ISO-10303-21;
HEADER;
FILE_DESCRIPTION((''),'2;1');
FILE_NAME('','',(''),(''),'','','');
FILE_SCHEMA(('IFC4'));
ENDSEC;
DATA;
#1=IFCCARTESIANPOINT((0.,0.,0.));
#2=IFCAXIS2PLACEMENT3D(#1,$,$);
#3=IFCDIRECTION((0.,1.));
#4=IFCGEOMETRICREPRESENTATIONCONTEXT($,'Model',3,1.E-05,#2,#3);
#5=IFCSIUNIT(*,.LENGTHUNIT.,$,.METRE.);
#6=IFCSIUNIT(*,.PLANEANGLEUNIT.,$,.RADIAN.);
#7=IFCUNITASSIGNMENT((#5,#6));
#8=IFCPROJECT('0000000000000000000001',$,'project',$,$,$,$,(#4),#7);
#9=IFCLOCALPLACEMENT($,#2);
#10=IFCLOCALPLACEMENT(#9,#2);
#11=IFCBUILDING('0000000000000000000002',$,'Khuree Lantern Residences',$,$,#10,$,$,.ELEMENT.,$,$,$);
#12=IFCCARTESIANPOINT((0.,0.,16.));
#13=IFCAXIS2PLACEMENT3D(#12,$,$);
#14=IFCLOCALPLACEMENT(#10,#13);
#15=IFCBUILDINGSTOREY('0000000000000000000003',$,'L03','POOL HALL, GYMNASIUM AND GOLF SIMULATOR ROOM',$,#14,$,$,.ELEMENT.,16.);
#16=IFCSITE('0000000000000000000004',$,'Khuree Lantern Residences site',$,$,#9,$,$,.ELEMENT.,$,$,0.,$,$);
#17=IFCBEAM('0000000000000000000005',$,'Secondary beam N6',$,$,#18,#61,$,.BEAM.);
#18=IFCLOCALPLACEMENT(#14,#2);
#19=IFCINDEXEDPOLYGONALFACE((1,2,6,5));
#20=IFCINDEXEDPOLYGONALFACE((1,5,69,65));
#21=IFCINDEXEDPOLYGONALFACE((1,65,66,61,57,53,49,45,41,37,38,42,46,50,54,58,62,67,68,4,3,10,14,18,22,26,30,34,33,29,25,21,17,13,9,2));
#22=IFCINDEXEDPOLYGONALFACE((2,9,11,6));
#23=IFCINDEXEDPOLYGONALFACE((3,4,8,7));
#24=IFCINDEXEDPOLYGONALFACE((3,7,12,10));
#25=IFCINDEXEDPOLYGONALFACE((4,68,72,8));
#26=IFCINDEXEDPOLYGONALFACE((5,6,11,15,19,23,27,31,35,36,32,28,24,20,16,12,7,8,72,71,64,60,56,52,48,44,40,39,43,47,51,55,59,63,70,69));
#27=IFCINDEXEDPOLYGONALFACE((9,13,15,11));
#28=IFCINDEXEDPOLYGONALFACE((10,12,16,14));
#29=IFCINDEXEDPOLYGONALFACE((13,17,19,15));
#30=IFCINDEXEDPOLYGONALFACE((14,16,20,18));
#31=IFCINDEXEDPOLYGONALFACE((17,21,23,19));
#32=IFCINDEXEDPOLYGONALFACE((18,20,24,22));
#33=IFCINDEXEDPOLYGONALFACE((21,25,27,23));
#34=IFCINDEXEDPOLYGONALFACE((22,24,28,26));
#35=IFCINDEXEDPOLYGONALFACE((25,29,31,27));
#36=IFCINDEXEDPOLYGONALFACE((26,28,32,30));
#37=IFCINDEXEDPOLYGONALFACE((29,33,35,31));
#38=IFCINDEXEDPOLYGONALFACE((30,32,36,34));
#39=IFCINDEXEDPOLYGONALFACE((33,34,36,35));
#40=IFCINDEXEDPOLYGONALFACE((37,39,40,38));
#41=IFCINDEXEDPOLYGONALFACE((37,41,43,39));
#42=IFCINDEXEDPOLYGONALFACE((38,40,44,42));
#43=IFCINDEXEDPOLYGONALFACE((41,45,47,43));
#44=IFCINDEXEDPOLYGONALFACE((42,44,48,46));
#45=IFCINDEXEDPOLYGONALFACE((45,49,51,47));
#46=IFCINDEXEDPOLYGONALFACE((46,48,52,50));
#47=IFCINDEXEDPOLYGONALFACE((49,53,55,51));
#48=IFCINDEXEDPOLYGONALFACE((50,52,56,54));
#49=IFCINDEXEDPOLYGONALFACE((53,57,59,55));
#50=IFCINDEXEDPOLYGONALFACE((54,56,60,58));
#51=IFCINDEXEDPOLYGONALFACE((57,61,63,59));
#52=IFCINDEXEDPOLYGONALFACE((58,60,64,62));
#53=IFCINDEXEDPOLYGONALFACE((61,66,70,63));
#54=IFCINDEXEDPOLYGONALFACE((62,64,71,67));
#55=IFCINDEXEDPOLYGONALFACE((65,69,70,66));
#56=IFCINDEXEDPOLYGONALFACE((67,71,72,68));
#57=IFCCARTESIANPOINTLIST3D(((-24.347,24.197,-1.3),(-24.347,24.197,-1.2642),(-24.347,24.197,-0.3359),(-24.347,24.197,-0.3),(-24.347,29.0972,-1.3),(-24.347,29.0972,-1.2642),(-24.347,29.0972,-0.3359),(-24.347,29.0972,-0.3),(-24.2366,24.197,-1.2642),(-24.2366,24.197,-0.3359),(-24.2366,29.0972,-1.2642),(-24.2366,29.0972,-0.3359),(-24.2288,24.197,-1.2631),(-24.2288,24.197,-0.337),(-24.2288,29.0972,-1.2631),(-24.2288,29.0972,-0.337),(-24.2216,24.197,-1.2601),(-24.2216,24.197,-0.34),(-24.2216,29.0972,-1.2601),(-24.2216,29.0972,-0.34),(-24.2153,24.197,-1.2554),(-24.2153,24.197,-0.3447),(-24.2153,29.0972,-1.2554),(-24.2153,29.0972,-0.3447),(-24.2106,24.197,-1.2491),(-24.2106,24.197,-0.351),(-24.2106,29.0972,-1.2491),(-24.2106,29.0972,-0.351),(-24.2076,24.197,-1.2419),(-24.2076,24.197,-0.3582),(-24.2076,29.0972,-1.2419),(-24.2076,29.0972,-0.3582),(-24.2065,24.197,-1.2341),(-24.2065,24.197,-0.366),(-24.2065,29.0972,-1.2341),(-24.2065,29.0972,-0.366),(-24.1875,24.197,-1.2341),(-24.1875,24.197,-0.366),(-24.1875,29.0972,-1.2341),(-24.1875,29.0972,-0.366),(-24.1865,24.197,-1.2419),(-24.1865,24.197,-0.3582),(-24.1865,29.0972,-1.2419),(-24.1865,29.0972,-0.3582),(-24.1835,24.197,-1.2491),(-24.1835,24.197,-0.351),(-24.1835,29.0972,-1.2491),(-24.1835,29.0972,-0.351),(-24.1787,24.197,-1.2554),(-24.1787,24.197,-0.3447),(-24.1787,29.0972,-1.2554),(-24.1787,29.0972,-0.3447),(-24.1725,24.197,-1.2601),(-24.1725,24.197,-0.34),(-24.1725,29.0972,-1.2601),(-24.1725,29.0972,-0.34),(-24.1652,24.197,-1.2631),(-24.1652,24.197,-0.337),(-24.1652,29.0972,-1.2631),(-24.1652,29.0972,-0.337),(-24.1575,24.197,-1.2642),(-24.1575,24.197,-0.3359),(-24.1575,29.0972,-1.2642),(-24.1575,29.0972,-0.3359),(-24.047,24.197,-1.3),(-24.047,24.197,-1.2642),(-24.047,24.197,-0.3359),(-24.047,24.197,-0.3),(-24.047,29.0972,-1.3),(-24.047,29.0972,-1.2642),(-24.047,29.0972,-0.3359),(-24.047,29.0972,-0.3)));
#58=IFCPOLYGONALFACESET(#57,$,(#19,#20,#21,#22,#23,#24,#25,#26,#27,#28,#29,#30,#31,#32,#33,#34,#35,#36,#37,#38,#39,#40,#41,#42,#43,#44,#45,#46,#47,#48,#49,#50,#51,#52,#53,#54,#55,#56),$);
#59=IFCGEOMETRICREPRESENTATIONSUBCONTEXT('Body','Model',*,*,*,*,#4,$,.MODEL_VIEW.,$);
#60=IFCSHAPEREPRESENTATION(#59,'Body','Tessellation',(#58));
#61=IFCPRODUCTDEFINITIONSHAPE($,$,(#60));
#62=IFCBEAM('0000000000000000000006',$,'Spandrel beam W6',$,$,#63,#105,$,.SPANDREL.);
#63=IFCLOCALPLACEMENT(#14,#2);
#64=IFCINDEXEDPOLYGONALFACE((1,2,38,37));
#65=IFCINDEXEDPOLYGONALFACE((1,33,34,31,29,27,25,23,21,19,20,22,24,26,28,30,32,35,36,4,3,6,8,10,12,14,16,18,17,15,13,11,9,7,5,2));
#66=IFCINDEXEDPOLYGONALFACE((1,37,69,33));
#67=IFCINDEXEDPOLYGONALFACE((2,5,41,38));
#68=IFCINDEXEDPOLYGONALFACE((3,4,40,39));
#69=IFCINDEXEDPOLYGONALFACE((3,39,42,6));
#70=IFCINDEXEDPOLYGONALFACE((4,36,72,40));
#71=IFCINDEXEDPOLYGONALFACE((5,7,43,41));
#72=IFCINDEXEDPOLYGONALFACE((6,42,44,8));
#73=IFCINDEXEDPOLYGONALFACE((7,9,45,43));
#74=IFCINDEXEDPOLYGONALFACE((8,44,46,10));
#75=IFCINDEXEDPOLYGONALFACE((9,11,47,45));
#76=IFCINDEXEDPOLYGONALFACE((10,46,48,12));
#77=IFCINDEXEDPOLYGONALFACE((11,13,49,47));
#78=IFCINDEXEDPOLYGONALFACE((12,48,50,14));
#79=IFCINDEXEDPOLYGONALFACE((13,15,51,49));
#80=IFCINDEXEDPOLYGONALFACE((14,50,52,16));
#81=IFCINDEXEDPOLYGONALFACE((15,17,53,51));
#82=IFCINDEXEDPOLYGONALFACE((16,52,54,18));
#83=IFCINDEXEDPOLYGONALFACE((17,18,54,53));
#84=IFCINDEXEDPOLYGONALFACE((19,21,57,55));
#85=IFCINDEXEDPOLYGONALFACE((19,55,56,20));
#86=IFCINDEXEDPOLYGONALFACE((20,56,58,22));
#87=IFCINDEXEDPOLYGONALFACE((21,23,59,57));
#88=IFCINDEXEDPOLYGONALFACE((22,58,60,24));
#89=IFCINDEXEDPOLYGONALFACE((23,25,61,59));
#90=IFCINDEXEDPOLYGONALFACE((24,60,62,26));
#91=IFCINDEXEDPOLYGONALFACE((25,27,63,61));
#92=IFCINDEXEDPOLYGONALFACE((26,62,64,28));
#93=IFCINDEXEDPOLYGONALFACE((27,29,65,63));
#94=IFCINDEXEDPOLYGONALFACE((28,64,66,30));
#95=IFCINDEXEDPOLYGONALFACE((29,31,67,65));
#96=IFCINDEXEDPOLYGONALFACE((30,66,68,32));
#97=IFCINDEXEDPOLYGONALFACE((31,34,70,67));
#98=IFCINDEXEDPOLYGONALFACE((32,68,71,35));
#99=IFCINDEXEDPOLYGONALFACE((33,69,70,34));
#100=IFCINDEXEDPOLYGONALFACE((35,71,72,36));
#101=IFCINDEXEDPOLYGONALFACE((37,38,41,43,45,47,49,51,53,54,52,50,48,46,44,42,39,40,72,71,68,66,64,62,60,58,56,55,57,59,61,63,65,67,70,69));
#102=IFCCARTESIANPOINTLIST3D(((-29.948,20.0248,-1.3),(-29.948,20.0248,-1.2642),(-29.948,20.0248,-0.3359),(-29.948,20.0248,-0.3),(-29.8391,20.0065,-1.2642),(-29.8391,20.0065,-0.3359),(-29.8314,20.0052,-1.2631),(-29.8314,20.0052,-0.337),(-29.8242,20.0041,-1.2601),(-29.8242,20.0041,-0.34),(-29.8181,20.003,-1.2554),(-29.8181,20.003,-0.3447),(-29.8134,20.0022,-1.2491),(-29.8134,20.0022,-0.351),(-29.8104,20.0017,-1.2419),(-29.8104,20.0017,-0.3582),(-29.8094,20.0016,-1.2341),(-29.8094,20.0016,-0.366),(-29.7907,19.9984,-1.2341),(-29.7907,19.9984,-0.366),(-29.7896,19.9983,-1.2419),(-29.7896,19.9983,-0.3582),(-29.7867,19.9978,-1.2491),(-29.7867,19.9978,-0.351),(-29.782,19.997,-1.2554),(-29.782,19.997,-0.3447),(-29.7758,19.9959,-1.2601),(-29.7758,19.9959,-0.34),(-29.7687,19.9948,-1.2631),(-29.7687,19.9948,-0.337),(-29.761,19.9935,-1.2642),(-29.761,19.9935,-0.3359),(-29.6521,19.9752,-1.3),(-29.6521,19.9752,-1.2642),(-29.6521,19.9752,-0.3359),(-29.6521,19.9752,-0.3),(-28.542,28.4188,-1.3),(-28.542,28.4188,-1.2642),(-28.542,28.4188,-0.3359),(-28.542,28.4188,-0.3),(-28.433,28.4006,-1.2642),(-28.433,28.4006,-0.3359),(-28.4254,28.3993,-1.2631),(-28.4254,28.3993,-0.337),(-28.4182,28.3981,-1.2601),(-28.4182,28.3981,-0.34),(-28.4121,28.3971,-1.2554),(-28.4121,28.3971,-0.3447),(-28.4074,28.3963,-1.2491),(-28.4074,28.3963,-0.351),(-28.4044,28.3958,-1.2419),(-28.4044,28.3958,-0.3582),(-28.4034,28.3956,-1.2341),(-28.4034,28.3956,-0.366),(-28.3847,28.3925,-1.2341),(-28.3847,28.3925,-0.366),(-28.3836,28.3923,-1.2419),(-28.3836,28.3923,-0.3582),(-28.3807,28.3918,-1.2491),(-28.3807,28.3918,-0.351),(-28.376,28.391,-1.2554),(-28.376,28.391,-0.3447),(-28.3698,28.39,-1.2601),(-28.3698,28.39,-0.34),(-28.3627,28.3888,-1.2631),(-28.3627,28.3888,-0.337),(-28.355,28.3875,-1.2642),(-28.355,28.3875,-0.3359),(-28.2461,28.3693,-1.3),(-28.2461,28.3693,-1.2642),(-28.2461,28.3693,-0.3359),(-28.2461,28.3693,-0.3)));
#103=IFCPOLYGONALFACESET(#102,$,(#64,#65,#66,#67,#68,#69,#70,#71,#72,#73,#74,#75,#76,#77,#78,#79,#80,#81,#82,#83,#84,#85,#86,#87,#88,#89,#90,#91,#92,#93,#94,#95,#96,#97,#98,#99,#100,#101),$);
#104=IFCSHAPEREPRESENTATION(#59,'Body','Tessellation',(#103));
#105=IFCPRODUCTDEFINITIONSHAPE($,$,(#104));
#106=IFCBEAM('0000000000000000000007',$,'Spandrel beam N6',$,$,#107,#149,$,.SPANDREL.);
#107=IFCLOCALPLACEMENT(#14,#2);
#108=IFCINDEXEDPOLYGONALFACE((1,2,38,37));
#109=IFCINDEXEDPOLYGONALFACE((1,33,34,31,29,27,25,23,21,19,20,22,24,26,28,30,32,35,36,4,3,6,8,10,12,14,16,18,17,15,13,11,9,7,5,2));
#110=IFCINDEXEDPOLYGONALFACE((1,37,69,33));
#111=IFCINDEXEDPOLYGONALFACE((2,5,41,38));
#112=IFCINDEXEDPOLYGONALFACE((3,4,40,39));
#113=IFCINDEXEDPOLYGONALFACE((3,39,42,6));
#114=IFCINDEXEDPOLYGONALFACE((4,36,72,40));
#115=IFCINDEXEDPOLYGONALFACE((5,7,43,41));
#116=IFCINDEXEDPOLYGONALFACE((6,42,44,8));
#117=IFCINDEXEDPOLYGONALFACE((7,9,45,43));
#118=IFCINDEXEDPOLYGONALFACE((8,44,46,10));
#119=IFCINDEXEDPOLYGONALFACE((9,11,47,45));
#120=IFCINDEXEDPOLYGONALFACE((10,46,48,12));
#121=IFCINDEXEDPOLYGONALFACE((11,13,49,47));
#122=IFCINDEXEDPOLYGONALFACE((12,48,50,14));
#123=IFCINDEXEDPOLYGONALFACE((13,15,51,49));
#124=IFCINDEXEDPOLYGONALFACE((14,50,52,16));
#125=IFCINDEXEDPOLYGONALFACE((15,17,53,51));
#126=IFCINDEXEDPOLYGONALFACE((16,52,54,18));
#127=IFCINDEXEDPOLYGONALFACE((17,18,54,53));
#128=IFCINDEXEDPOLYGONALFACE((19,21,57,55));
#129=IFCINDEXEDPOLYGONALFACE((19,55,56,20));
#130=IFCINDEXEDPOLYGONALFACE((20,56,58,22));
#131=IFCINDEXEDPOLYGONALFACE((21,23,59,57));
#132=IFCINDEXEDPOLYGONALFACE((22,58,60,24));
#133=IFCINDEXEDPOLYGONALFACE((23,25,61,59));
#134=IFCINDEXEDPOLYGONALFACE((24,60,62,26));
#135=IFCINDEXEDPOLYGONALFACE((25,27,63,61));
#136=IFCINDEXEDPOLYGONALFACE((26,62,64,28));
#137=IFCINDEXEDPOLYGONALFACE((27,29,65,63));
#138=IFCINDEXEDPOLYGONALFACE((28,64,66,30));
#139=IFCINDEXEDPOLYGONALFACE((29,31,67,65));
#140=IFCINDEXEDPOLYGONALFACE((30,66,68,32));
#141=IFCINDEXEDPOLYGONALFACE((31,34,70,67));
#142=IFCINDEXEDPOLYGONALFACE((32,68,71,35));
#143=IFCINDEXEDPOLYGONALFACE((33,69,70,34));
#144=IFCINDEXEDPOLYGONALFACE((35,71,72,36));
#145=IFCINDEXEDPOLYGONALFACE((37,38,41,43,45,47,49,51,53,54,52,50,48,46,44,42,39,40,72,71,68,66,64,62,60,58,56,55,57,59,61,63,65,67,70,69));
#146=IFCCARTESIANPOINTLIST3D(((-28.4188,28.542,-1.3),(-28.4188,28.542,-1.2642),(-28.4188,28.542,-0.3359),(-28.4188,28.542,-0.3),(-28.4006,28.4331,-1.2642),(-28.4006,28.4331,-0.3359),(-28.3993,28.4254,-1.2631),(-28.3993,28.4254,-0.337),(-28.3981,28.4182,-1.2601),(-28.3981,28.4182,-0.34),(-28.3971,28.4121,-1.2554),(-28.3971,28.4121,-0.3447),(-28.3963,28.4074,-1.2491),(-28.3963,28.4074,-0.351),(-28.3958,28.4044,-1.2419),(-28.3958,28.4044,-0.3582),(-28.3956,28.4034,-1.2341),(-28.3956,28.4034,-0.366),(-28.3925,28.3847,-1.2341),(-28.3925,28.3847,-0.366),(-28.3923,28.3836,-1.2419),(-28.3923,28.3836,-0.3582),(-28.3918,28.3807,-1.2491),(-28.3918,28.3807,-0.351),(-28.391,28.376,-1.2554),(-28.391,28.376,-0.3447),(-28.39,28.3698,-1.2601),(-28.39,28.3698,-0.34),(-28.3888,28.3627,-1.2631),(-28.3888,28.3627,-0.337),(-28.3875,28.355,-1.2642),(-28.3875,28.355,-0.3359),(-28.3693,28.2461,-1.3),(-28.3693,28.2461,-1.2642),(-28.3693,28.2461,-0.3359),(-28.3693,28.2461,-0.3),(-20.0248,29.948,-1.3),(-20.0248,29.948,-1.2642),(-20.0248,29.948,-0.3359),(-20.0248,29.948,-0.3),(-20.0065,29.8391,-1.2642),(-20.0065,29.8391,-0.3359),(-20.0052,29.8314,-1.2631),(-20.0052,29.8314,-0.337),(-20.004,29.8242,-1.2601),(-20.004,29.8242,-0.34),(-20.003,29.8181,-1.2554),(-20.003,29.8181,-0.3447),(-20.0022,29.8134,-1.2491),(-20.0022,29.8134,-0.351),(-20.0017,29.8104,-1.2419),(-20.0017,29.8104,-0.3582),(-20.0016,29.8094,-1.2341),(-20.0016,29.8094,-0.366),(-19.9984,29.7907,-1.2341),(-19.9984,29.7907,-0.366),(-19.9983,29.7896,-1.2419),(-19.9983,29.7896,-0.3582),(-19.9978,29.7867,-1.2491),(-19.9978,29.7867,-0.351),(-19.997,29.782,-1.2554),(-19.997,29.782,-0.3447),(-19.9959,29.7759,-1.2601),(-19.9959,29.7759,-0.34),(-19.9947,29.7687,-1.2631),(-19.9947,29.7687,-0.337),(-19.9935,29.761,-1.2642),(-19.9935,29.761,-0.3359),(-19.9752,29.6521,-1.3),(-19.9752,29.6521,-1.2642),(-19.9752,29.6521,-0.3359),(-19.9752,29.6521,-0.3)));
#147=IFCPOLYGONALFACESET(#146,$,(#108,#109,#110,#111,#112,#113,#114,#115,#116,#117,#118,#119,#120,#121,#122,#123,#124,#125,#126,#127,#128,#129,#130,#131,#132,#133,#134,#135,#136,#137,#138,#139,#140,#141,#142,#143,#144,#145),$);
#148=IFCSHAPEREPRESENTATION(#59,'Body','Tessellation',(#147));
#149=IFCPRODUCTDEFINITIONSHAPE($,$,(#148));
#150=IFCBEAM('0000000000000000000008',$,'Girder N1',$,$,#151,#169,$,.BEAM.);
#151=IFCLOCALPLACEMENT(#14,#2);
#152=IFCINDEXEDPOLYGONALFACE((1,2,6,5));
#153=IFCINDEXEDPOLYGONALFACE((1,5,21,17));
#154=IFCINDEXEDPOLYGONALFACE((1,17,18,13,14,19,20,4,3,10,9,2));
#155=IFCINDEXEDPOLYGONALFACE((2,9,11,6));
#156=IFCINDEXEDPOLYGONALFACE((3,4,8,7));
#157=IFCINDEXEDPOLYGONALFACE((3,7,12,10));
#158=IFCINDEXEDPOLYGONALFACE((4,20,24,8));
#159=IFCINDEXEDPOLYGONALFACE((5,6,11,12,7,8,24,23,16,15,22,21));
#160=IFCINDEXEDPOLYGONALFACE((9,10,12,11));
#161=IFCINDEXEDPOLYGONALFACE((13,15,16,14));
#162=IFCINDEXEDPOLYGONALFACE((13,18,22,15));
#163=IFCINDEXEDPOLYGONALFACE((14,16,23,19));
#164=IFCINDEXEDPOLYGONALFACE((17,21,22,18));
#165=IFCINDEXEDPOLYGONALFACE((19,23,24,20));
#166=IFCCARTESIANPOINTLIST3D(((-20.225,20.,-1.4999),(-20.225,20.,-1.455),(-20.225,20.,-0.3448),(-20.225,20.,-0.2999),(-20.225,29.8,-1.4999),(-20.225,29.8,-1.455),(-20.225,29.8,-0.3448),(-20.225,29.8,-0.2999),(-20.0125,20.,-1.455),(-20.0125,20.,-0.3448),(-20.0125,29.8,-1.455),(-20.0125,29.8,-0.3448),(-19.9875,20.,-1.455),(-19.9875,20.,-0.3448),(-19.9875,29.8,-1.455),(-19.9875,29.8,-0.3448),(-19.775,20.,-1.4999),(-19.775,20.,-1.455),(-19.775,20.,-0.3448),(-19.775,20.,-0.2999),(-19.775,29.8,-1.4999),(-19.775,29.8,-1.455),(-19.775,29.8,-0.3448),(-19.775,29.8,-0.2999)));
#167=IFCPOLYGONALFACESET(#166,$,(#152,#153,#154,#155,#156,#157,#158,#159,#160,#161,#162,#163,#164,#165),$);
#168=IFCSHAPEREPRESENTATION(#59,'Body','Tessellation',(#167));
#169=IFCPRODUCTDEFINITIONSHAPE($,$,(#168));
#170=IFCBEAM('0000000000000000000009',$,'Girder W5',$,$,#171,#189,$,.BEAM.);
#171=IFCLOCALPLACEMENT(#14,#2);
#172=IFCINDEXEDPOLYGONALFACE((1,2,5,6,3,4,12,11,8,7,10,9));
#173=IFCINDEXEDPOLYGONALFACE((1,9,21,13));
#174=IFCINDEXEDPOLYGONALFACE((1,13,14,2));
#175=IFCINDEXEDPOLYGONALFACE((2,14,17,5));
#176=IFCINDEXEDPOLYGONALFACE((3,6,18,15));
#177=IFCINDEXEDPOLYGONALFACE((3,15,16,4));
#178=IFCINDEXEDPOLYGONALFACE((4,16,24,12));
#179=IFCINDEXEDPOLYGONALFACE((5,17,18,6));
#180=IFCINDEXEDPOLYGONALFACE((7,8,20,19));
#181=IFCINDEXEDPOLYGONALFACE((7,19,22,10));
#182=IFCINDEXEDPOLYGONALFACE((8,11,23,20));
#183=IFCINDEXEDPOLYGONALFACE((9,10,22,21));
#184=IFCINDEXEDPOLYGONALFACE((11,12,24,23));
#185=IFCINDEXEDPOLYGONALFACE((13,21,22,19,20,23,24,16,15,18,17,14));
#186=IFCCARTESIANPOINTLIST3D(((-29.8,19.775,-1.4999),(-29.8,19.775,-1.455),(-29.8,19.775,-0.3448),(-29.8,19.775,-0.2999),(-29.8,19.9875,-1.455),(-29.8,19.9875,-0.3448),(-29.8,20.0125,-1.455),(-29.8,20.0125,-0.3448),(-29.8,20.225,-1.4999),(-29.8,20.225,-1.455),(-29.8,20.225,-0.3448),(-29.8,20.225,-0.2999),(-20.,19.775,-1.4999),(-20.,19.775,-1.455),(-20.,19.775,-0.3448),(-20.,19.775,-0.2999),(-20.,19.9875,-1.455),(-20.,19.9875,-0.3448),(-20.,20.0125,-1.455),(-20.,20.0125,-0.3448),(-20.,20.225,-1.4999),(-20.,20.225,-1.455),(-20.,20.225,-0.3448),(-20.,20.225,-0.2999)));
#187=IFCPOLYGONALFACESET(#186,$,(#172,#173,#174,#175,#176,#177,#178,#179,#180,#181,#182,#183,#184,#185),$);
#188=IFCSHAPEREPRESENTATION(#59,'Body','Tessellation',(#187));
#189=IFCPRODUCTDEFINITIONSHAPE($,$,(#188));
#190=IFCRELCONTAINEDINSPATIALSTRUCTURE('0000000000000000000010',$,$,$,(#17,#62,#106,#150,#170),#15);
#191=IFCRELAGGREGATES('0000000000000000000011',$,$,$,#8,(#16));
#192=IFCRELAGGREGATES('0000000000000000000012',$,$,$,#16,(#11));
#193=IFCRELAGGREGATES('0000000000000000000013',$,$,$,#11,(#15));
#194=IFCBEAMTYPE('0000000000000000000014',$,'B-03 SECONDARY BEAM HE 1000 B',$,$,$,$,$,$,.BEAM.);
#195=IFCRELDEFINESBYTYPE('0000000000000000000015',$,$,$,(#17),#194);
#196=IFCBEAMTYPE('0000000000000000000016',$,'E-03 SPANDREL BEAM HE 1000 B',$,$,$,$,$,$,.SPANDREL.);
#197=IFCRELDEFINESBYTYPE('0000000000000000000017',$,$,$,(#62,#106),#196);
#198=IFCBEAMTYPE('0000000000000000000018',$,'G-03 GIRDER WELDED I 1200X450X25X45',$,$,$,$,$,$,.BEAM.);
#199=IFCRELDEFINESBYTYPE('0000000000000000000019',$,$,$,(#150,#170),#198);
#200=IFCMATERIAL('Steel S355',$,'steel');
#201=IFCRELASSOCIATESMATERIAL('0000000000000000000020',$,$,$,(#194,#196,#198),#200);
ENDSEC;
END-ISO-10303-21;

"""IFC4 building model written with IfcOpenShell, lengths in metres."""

from ifc_helpers import new_model, si_unit, direction, frame, origin, origin_2d, place, context, subcontext, project, spatial, i_section, extrude, material, material_profile, profile_set, type_object, element, save


model = new_model("IFC4")

# Units and contexts
model_context = context("Model", 3, precision=1e-05, world=origin(), true_north=direction((0.0, 1.0)))
body_context = subcontext(model_context, "Body", "Model", "MODEL_VIEW")
ifc_project = project(units=[si_unit("LENGTHUNIT", "METRE"), si_unit("PLANEANGLEUNIT", "RADIAN")], contexts=[model_context])

# Site, building, storey
site_placement = place(None, origin())
site = spatial("IfcSite", under=ifc_project, at=site_placement, Name="Khuree Lantern Residences site", CompositionType="ELEMENT", RefElevation=0.0)
building_placement = place(site_placement, origin())
building = spatial("IfcBuilding", under=site, at=building_placement, Name="Khuree Lantern Residences", CompositionType="ELEMENT")
storey_placement = place(building_placement, frame((0.0, 0.0, 16.0)))
storey = spatial("IfcBuildingStorey", under=building, at=storey_placement, Name="L03", Description="POOL HALL, GYMNASIUM AND GOLF SIMULATOR ROOM", CompositionType="ELEMENT", Elevation=16.0)

# Beams
ifc_material_1 = material(Name="Steel S355", Category="steel")
ifc_material_profile_1 = material_profile(ifc_material_1, i_section(OverallWidth=0.3, OverallDepth=1.0, WebThickness=0.019, FlangeThickness=0.0359, FilletRadius=0.03, at=origin_2d()), Name="HE 1000 B")
ifc_profile_set_1 = profile_set([ifc_material_profile_1], Name="Steel S355")
beam_type_1 = type_object("IfcBeamType", Name="B-03 SECONDARY BEAM HE 1000 B", PredefinedType="BEAM", material=ifc_profile_set_1)
for number, where, z_axis, x_axis, name in (
    (1, (-24.197, 29.0972, -0.8), (0.0, -1.0, 0.0), (1.0, 0.0, 0.0), "Secondary beam N6"),
):
    element("IfcBeam", number, at=place(storey_placement, frame(where, z_axis=z_axis, x_axis=x_axis)), inside=storey, type_object=beam_type_1, Name=name, PredefinedType="BEAM", context=body_context, shape_type="SweptSolid", body=[
        extrude(i_section(OverallWidth=0.3, OverallDepth=1.0, WebThickness=0.019, FlangeThickness=0.0359, FilletRadius=0.03, at=origin_2d()), origin(), (0.0, 0.0, 1.0), 4.9001),
    ])
ifc_material_profile_2 = material_profile(ifc_material_1, i_section(OverallWidth=0.3, OverallDepth=1.0, WebThickness=0.019, FlangeThickness=0.0359, FilletRadius=0.03, at=origin_2d()), Name="HE 1000 B")
ifc_profile_set_2 = profile_set([ifc_material_profile_2], Name="Steel S355")
beam_type_2 = type_object("IfcBeamType", Name="E-03 SPANDREL BEAM HE 1000 B", PredefinedType="SPANDREL", material=ifc_profile_set_2)
for number, where, z_axis, x_axis, name in (
    (2, (-29.8, 20.0, -0.8), (0.165199, 0.98626, 0.0), (-0.98626, 0.165199, 0.0), "Spandrel beam W6"),
    (3, (-28.394, 28.394, -0.8), (0.98626, 0.165199, 0.0), (-0.165199, 0.98626, 0.0), "Spandrel beam N6"),
):
    element("IfcBeam", number, at=place(storey_placement, frame(where, z_axis=z_axis, x_axis=x_axis)), inside=storey, type_object=beam_type_2, Name=name, PredefinedType="SPANDREL", context=body_context, shape_type="SweptSolid", body=[
        extrude(i_section(OverallWidth=0.3, OverallDepth=1.0, WebThickness=0.019, FlangeThickness=0.0359, FilletRadius=0.03, at=origin_2d()), origin(), (0.0, 0.0, 1.0), 8.511),
    ])
ifc_material_profile_3 = material_profile(ifc_material_1, i_section(OverallWidth=0.45, OverallDepth=1.2, WebThickness=0.0249, FlangeThickness=0.0449, at=origin_2d()), Name="WELDED I 1200X450X25X45")
ifc_profile_set_3 = profile_set([ifc_material_profile_3], Name="Steel S355")
beam_type_3 = type_object("IfcBeamType", Name="G-03 GIRDER WELDED I 1200X450X25X45", PredefinedType="BEAM", material=ifc_profile_set_3)
for number, where, z_axis, x_axis, name in (
    (4, (-20.0, 29.8, -0.8999), (0.0, -1.0, 0.0), (1.0, 0.0, 0.0), "Girder N1"),
    (5, (-29.8, 20.0, -0.8999), (1.0, 0.0, 0.0), (0.0, 1.0, 0.0), "Girder W5"),
):
    element("IfcBeam", number, at=place(storey_placement, frame(where, z_axis=z_axis, x_axis=x_axis)), inside=storey, type_object=beam_type_3, Name=name, PredefinedType="BEAM", context=body_context, shape_type="SweptSolid", body=[
        extrude(i_section(OverallWidth=0.45, OverallDepth=1.2, WebThickness=0.0249, FlangeThickness=0.0449, at=origin_2d()), origin(), (0.0, 0.0, 1.0), 9.8),
    ])

save(model, "model.ifc")
